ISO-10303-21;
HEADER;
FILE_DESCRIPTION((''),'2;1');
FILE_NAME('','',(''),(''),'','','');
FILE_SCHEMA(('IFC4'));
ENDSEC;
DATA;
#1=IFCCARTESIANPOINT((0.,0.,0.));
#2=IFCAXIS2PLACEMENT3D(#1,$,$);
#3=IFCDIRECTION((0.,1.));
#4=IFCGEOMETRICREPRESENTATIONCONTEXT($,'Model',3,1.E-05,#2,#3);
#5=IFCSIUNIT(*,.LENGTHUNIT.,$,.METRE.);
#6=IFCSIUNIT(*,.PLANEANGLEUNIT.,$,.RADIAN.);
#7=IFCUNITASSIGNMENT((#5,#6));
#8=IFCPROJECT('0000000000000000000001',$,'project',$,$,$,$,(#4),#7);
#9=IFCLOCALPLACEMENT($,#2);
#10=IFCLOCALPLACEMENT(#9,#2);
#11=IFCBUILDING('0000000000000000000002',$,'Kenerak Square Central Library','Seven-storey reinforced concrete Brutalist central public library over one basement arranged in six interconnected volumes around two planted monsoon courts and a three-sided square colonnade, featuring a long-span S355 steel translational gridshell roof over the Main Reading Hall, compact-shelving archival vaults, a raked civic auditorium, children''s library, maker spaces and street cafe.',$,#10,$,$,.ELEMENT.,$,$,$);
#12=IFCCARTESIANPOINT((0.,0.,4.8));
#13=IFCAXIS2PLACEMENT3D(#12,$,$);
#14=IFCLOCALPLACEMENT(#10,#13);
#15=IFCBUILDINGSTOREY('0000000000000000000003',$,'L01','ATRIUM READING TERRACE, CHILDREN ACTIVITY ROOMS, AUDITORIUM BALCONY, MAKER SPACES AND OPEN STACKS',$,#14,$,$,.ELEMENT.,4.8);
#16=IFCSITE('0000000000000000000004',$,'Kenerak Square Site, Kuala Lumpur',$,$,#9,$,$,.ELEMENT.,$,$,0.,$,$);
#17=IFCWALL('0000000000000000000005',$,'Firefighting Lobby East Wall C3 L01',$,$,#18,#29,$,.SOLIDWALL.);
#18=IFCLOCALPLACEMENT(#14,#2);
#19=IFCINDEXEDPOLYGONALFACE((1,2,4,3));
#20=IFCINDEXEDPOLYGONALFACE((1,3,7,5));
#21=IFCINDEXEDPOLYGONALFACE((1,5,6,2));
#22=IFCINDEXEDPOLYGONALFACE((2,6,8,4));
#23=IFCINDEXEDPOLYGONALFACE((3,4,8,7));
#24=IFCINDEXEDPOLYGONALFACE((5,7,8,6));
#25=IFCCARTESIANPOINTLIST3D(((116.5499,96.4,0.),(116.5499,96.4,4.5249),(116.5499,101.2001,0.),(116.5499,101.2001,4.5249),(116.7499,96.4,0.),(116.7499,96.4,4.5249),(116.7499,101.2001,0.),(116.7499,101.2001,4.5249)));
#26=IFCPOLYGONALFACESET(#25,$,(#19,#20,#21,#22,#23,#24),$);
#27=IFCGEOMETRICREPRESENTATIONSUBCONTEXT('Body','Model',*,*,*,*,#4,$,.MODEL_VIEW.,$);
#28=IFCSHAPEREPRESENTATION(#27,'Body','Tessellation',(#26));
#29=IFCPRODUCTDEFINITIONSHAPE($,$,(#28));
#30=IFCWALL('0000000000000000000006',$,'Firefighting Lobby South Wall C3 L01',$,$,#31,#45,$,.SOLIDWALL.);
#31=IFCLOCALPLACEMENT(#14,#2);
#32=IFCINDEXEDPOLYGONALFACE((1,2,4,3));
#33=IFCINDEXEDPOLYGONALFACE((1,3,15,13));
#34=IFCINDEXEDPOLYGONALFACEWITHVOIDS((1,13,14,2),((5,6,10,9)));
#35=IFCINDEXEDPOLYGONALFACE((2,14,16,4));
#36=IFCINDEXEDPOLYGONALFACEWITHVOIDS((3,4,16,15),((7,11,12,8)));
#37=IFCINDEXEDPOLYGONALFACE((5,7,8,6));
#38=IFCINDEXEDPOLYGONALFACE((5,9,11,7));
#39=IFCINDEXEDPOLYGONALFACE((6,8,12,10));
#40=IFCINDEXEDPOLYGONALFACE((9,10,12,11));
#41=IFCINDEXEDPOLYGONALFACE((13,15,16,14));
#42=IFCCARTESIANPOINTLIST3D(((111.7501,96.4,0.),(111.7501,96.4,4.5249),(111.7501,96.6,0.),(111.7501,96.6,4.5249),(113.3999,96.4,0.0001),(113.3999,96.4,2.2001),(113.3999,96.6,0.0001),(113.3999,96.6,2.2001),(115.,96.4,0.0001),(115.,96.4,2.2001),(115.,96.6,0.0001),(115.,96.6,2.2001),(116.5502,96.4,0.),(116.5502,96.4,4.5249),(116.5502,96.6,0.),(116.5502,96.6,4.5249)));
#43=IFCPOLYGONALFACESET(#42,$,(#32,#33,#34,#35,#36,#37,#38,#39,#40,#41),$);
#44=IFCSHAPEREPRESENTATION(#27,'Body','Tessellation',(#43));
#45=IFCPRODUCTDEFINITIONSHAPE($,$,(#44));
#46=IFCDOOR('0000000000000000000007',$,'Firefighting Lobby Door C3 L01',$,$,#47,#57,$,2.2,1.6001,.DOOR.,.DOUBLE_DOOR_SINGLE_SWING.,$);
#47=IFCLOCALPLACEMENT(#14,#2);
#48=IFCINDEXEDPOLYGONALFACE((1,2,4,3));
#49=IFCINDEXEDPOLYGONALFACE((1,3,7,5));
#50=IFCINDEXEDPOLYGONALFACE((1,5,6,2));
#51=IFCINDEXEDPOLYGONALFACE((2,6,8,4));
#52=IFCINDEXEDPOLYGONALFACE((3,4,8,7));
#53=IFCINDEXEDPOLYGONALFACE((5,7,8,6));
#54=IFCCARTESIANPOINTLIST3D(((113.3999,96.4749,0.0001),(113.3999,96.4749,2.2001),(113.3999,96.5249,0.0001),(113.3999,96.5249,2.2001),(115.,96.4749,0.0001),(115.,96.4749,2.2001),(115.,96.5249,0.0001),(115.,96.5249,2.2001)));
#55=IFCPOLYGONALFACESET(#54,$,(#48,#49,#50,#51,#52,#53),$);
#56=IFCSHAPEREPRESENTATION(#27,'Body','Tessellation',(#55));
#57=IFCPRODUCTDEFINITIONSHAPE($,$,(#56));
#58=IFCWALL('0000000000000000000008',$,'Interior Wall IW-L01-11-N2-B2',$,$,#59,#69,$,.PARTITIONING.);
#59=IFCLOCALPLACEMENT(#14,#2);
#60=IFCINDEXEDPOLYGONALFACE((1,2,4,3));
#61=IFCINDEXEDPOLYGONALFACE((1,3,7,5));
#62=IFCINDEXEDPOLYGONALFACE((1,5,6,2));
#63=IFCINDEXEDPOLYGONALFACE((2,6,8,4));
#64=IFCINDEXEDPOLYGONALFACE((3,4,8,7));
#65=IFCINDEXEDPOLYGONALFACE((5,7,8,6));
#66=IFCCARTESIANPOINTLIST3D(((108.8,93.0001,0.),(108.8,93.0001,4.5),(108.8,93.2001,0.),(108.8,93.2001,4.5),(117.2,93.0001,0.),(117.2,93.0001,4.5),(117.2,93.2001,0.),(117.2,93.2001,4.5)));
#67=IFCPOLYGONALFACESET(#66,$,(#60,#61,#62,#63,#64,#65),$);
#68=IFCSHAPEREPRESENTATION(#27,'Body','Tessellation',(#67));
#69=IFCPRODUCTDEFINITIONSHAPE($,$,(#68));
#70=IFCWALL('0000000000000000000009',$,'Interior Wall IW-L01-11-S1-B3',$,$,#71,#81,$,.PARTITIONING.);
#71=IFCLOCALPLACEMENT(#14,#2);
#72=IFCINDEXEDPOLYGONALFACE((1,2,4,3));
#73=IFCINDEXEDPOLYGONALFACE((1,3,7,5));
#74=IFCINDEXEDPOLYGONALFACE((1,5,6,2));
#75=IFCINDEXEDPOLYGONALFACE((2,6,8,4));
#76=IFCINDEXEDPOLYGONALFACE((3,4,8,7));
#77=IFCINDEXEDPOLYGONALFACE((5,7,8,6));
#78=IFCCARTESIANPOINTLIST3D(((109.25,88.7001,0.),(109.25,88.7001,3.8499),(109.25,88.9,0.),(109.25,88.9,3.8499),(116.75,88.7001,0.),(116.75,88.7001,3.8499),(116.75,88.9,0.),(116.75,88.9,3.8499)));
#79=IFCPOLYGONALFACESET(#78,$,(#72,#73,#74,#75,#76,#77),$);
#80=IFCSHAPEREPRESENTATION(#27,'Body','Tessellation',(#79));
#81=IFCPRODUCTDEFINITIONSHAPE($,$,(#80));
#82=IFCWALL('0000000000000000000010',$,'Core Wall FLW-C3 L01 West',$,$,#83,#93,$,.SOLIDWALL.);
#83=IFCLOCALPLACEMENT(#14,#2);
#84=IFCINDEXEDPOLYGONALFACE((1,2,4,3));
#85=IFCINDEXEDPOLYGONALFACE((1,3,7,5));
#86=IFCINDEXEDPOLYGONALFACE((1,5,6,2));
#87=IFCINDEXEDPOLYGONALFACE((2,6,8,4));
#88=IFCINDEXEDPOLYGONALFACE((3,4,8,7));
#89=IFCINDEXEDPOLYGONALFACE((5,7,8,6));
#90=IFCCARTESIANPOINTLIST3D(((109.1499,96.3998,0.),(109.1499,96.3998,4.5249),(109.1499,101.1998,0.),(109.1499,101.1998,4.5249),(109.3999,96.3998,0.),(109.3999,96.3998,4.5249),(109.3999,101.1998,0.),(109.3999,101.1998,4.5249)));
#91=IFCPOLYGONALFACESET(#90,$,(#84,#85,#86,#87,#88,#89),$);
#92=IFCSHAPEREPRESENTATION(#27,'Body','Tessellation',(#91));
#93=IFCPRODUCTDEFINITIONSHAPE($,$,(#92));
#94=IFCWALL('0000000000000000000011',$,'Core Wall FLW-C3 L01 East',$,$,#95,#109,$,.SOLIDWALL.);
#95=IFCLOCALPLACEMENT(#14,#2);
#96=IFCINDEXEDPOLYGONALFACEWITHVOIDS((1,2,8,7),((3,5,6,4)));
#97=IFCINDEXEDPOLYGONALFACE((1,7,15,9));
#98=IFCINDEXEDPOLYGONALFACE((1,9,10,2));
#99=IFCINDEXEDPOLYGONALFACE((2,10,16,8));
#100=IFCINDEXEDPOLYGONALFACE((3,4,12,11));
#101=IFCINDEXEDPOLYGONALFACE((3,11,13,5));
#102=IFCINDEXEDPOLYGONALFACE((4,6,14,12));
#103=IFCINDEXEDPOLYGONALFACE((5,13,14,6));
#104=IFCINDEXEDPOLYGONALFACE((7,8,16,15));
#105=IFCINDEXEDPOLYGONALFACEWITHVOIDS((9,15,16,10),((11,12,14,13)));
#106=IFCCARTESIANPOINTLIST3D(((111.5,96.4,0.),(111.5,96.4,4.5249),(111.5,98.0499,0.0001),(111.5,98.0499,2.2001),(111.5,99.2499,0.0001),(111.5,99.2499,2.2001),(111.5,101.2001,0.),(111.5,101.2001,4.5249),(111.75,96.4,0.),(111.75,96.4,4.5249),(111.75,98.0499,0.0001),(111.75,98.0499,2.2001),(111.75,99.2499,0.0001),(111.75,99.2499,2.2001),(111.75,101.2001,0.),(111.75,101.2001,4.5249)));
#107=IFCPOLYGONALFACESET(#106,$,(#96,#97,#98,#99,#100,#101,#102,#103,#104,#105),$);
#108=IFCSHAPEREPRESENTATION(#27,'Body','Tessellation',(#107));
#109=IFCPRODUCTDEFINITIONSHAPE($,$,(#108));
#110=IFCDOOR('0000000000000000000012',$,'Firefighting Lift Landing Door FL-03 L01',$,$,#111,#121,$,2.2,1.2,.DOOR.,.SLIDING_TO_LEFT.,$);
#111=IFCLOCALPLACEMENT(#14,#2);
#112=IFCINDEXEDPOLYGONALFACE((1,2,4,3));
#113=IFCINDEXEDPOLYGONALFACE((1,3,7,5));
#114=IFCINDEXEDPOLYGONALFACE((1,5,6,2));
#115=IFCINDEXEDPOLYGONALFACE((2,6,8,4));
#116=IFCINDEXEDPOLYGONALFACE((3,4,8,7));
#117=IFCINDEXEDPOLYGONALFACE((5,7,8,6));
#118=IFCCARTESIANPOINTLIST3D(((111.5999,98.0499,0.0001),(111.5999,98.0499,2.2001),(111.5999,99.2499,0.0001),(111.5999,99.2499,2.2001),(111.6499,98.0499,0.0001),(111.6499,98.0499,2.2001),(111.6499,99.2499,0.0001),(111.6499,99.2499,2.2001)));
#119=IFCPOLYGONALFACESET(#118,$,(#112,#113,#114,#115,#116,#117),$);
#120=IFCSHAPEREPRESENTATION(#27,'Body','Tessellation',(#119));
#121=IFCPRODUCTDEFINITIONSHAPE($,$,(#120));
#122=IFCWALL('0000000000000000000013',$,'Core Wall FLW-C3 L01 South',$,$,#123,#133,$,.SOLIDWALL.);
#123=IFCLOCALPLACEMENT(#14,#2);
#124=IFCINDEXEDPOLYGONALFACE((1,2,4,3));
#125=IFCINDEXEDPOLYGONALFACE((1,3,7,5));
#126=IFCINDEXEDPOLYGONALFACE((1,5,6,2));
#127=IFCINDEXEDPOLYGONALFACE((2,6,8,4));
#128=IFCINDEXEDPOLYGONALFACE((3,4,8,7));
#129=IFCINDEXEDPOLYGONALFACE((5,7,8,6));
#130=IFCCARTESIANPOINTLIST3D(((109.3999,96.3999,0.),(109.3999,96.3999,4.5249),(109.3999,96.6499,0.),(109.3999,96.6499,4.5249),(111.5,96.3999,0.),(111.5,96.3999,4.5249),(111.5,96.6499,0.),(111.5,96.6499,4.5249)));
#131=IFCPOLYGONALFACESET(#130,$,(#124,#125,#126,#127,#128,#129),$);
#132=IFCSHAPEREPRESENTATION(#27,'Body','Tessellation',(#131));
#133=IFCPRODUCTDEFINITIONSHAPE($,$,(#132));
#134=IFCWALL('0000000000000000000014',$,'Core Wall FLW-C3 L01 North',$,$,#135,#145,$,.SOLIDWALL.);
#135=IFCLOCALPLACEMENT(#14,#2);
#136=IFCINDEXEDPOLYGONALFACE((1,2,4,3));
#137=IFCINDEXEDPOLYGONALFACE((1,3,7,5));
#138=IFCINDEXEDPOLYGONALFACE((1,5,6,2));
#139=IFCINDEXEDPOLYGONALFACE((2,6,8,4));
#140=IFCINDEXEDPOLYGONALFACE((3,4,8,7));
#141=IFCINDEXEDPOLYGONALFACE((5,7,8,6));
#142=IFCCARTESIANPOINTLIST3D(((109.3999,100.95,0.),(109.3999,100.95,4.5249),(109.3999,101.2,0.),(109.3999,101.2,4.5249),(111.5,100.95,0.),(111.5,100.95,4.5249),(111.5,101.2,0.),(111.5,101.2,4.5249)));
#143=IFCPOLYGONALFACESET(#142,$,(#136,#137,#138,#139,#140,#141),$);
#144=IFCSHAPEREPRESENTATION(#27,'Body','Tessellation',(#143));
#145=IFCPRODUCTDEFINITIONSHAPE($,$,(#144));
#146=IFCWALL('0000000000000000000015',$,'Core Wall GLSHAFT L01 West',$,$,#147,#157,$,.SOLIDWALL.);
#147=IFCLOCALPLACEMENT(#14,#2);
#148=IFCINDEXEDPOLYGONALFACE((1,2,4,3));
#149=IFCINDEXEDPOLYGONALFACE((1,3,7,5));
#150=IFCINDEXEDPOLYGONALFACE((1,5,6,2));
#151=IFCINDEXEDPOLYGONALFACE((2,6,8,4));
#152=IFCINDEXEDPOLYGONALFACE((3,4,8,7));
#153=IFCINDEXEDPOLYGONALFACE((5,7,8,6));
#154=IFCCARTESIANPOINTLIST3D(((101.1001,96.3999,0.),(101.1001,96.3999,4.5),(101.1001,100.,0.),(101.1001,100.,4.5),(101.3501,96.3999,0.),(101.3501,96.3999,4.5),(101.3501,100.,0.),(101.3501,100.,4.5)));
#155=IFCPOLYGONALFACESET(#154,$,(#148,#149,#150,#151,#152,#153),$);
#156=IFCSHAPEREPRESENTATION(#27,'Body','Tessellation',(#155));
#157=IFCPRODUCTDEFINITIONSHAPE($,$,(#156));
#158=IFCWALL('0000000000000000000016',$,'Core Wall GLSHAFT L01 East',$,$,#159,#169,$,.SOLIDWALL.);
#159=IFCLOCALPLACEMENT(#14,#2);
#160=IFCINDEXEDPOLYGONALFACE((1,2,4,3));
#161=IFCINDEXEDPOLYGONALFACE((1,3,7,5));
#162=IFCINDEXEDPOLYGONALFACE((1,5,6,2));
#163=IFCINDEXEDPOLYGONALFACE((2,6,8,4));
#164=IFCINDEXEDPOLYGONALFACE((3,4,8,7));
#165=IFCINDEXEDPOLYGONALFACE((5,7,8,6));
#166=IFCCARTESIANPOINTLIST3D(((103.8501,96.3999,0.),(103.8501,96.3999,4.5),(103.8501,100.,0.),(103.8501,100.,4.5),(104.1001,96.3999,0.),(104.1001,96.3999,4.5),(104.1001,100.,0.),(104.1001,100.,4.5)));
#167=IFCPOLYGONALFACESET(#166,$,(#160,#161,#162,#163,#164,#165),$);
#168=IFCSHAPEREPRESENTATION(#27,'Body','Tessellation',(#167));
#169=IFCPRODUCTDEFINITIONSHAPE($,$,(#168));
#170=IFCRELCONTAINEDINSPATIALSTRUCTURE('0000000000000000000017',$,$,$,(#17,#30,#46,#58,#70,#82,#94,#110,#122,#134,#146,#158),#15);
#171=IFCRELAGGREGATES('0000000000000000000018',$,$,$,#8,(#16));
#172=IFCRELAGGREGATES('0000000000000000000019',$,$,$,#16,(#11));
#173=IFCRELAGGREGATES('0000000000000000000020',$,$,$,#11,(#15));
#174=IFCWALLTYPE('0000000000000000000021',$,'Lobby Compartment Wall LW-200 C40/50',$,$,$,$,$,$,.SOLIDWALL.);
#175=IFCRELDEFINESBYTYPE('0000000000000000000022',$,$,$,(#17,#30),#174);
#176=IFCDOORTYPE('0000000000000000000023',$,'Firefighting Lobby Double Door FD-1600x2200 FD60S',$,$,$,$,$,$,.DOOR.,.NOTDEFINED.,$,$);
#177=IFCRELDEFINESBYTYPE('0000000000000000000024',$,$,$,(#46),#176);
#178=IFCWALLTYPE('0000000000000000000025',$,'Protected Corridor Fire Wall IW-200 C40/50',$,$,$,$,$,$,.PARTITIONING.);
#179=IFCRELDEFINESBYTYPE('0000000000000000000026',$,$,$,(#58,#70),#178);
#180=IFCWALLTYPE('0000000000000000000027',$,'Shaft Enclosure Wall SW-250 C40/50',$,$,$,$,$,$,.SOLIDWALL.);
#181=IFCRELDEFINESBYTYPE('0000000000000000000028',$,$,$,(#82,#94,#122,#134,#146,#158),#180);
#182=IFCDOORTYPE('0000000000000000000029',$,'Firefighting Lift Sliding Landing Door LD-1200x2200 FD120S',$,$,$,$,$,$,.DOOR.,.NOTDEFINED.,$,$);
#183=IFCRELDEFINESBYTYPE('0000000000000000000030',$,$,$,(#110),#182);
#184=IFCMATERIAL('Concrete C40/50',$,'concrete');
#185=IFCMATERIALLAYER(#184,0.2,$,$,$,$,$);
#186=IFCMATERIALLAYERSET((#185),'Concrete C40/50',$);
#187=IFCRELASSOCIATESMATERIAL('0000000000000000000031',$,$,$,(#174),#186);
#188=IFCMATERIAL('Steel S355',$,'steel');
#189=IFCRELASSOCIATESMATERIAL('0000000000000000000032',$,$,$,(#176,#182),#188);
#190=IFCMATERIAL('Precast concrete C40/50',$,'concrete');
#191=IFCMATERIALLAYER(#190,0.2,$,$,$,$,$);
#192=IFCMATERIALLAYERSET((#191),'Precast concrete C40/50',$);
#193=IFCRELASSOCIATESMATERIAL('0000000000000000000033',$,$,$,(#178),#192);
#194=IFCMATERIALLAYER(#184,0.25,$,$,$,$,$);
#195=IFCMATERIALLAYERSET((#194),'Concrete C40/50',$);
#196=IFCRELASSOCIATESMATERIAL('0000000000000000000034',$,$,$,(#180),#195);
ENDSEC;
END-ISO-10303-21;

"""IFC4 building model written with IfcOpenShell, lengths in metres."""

from ifc_helpers import new_model, si_unit, direction, frame, frame_2d, origin, place, context, subcontext, project, spatial, rectangle, extrude, material, layer, layer_set, type_object, element, fill, save


model = new_model("IFC4")

# Units and contexts
model_context = context("Model", 3, precision=1e-05, world=origin(), true_north=direction((0.0, 1.0)))
body_context = subcontext(model_context, "Body", "Model", "MODEL_VIEW")
ifc_project = project(units=[si_unit("LENGTHUNIT", "METRE"), si_unit("PLANEANGLEUNIT", "RADIAN")], contexts=[model_context])

# Site, building, storey
site_placement = place(None, origin())
site = spatial("IfcSite", under=ifc_project, at=site_placement, Name="Kenerak Square Site, Kuala Lumpur", CompositionType="ELEMENT", RefElevation=0.0)
building_placement = place(site_placement, origin())
building = spatial("IfcBuilding", under=site, at=building_placement, Name="Kenerak Square Central Library", Description="Seven-storey reinforced concrete Brutalist central public library over one basement arranged in six interconnected volumes around two planted monsoon courts and a three-sided square colonnade, featuring a long-span S355 steel translational gridshell roof over the Main Reading Hall, compact-shelving archival vaults, a raked civic auditorium, children's library, maker spaces and street cafe.", CompositionType="ELEMENT")
storey_placement = place(building_placement, frame((0.0, 0.0, 4.8)))
storey = spatial("IfcBuildingStorey", under=building, at=storey_placement, Name="L01", Description="ATRIUM READING TERRACE, CHILDREN ACTIVITY ROOMS, AUDITORIUM BALCONY, MAKER SPACES AND OPEN STACKS", CompositionType="ELEMENT", Elevation=4.8)

# Shared definitions
ifc_material_1 = material(Name="Concrete C40/50", Category="concrete")

# Shared definitions
ifc_material_2 = material(Name="Steel S355", Category="steel")

# Wall
ifc_layer_1 = layer(ifc_material_1, 0.2)
ifc_layer_set_1 = layer_set([ifc_layer_1], Name="Concrete C40/50")
wall_type_1 = type_object("IfcWallType", Name="Lobby Compartment Wall LW-200 C40/50", PredefinedType="SOLIDWALL", material=ifc_layer_set_1)
wall_1_placement = place(storey_placement, frame((116.6499, 101.2, 0.0), z_axis=(0.0, 0.0, 1.0), x_axis=(0.0, -1.0, 0.0)))
element("IfcWall", 1, at=wall_1_placement, inside=storey, type_object=wall_type_1, Name="Firefighting Lobby East Wall C3 L01", PredefinedType="SOLIDWALL", context=body_context, shape_type="SweptSolid", body=[
    extrude(rectangle(XDim=4.8, YDim=0.2, at=frame_2d((2.3999, 0.0))), origin(), (0.0, 0.0, 1.0), 4.5249),
])

# Wall, opening, door
wall_2_placement = place(storey_placement, frame((116.55, 96.5, 0.0), z_axis=(0.0, 0.0, 1.0), x_axis=(-1.0, 0.0, 0.0)))
wall_2 = element("IfcWall", 2, at=wall_2_placement, inside=storey, type_object=wall_type_1, Name="Firefighting Lobby South Wall C3 L01", PredefinedType="SOLIDWALL", context=body_context, shape_type="SweptSolid", body=[
    extrude(rectangle(XDim=4.8, YDim=0.2, at=frame_2d((2.3999, 0.0))), origin(), (0.0, 0.0, 1.0), 4.5249),
])
opening_1_placement = place(wall_2_placement, frame((1.55, 0.0, 0.0)))
opening_1 = element("IfcOpeningElement", 3, at=opening_1_placement, cuts=wall_2, PredefinedType="OPENING", context=body_context, shape_type="SweptSolid", body=[
    extrude(rectangle(XDim=1.6001, YDim=2.2, at=frame_2d((0.8, 1.1001))), frame((0.0, 0.1099, 0.0), z_axis=(0.0, -1.0, 0.0), x_axis=(1.0, 0.0, 0.0)), (0.0, 0.0, 1.0), 0.22),
])
door_type_1 = type_object("IfcDoorType", Name="Firefighting Lobby Double Door FD-1600x2200 FD60S", OperationType="NOTDEFINED", PredefinedType="DOOR", material=ifc_material_2)
door_1_placement = place(opening_1_placement, frame((1.6001, 0.0, 0.0), z_axis=(0.0, 0.0, 1.0), x_axis=(-1.0, 0.0, 0.0)))
door_1 = element("IfcDoor", 4, at=door_1_placement, inside=storey, type_object=door_type_1, Name="Firefighting Lobby Door C3 L01", OperationType="DOUBLE_DOOR_SINGLE_SWING", OverallHeight=2.2, OverallWidth=1.6001, PredefinedType="DOOR", context=body_context, shape_type="SweptSolid", body=[
    extrude(rectangle(XDim=1.6001, YDim=2.2, at=frame_2d((0.8, 1.1001))), frame((0.0, 0.0249, 0.0), z_axis=(0.0, -1.0, 0.0), x_axis=(1.0, 0.0, 0.0)), (0.0, 0.0, 1.0), 0.05),
])
fill(opening_1, door_1)

# Walls
ifc_material_3 = material(Name="Precast concrete C40/50", Category="concrete")
ifc_layer_2 = layer(ifc_material_3, 0.2)
ifc_layer_set_2 = layer_set([ifc_layer_2], Name="Precast concrete C40/50")
wall_type_2 = type_object("IfcWallType", Name="Protected Corridor Fire Wall IW-200 C40/50", PredefinedType="PARTITIONING", material=ifc_layer_set_2)
wall_3_placement = place(storey_placement, frame((108.8, 93.1001, 0.0), z_axis=(0.0, 0.0, 1.0), x_axis=(1.0, 0.0, 0.0)))
element("IfcWall", 5, at=wall_3_placement, inside=storey, type_object=wall_type_2, Name="Interior Wall IW-L01-11-N2-B2", PredefinedType="PARTITIONING", context=body_context, shape_type="SweptSolid", body=[
    extrude(rectangle(XDim=8.3999, YDim=0.2, at=frame_2d((4.2, 0.0))), origin(), (0.0, 0.0, 1.0), 4.5),
])
wall_4_placement = place(storey_placement, frame((116.75, 88.8, 0.0), z_axis=(0.0, 0.0, 1.0), x_axis=(-1.0, 0.0, 0.0)))
element("IfcWall", 6, at=wall_4_placement, inside=storey, type_object=wall_type_2, Name="Interior Wall IW-L01-11-S1-B3", PredefinedType="PARTITIONING", context=body_context, shape_type="SweptSolid", body=[
    extrude(rectangle(XDim=7.5, YDim=0.2, at=frame_2d((3.75, 0.0))), origin(), (0.0, 0.0, 1.0), 3.8499),
])
ifc_layer_3 = layer(ifc_material_1, 0.25)
ifc_layer_set_3 = layer_set([ifc_layer_3], Name="Concrete C40/50")
wall_type_3 = type_object("IfcWallType", Name="Shaft Enclosure Wall SW-250 C40/50", PredefinedType="SOLIDWALL", material=ifc_layer_set_3)
wall_5_placement = place(storey_placement, frame((109.2749, 96.3999, 0.0), z_axis=(0.0, 0.0, 1.0), x_axis=(0.0, 1.0, 0.0)))
element("IfcWall", 7, at=wall_5_placement, inside=storey, type_object=wall_type_3, Name="Core Wall FLW-C3 L01 West", PredefinedType="SOLIDWALL", context=body_context, shape_type="SweptSolid", body=[
    extrude(rectangle(XDim=4.8, YDim=0.25, at=frame_2d((2.3999, 0.0))), origin(), (0.0, 0.0, 1.0), 4.5249),
])

# Wall, opening, door
wall_6_placement = place(storey_placement, frame((111.625, 101.2, 0.0), z_axis=(0.0, 0.0, 1.0), x_axis=(0.0, -1.0, 0.0)))
wall_6 = element("IfcWall", 8, at=wall_6_placement, inside=storey, type_object=wall_type_3, Name="Core Wall FLW-C3 L01 East", PredefinedType="SOLIDWALL", context=body_context, shape_type="SweptSolid", body=[
    extrude(rectangle(XDim=4.8, YDim=0.25, at=frame_2d((2.3999, 0.0))), origin(), (0.0, 0.0, 1.0), 4.5249),
])
opening_2_placement = place(wall_6_placement, frame((1.95, 0.0, 0.0)))
opening_2 = element("IfcOpeningElement", 9, at=opening_2_placement, cuts=wall_6, PredefinedType="OPENING", context=body_context, shape_type="SweptSolid", body=[
    extrude(rectangle(XDim=1.2, YDim=2.2, at=frame_2d((0.6001, 1.1001))), frame((0.0, 0.135, 0.0), z_axis=(0.0, -1.0, 0.0), x_axis=(1.0, 0.0, 0.0)), (0.0, 0.0, 1.0), 0.27),
])
door_type_2 = type_object("IfcDoorType", Name="Firefighting Lift Sliding Landing Door LD-1200x2200 FD120S", OperationType="NOTDEFINED", PredefinedType="DOOR", material=ifc_material_2)
door_2_placement = place(opening_2_placement, origin())
door_2 = element("IfcDoor", 10, at=door_2_placement, inside=storey, type_object=door_type_2, Name="Firefighting Lift Landing Door FL-03 L01", OperationType="SLIDING_TO_LEFT", OverallHeight=2.2, OverallWidth=1.2, PredefinedType="DOOR", context=body_context, shape_type="SweptSolid", body=[
    extrude(rectangle(XDim=1.2, YDim=2.2, at=frame_2d((0.6001, 1.1001))), frame((0.0, 0.0249, 0.0), z_axis=(0.0, -1.0, 0.0), x_axis=(1.0, 0.0, 0.0)), (0.0, 0.0, 1.0), 0.05),
])
fill(opening_2, door_2)

# Walls
for number, where, z_axis, x_axis, name in (
    (11, (111.5, 96.5249, 0.0), (0.0, 0.0, 1.0), (-1.0, 0.0, 0.0), "Core Wall FLW-C3 L01 South"),
    (12, (109.3999, 101.075, 0.0), (0.0, 0.0, 1.0), (1.0, 0.0, 0.0), "Core Wall FLW-C3 L01 North"),
):
    element("IfcWall", number, at=place(storey_placement, frame(where, z_axis=z_axis, x_axis=x_axis)), inside=storey, type_object=wall_type_3, Name=name, PredefinedType="SOLIDWALL", context=body_context, shape_type="SweptSolid", body=[
        extrude(rectangle(XDim=2.1001, YDim=0.25, at=frame_2d((1.05, 0.0))), origin(), (0.0, 0.0, 1.0), 4.5249),
    ])
for number, where, z_axis, x_axis, name in (
    (13, (101.2251, 96.3999, 0.0), (0.0, 0.0, 1.0), (0.0, 1.0, 0.0), "Core Wall GLSHAFT L01 West"),
    (14, (103.9751, 100.0, 0.0), (0.0, 0.0, 1.0), (0.0, -1.0, 0.0), "Core Wall GLSHAFT L01 East"),
):
    element("IfcWall", number, at=place(storey_placement, frame(where, z_axis=z_axis, x_axis=x_axis)), inside=storey, type_object=wall_type_3, Name=name, PredefinedType="SOLIDWALL", context=body_context, shape_type="SweptSolid", body=[
        extrude(rectangle(XDim=3.6001, YDim=0.25, at=frame_2d((1.8, 0.0))), origin(), (0.0, 0.0, 1.0), 4.5),
    ])

save(model, "model.ifc")
